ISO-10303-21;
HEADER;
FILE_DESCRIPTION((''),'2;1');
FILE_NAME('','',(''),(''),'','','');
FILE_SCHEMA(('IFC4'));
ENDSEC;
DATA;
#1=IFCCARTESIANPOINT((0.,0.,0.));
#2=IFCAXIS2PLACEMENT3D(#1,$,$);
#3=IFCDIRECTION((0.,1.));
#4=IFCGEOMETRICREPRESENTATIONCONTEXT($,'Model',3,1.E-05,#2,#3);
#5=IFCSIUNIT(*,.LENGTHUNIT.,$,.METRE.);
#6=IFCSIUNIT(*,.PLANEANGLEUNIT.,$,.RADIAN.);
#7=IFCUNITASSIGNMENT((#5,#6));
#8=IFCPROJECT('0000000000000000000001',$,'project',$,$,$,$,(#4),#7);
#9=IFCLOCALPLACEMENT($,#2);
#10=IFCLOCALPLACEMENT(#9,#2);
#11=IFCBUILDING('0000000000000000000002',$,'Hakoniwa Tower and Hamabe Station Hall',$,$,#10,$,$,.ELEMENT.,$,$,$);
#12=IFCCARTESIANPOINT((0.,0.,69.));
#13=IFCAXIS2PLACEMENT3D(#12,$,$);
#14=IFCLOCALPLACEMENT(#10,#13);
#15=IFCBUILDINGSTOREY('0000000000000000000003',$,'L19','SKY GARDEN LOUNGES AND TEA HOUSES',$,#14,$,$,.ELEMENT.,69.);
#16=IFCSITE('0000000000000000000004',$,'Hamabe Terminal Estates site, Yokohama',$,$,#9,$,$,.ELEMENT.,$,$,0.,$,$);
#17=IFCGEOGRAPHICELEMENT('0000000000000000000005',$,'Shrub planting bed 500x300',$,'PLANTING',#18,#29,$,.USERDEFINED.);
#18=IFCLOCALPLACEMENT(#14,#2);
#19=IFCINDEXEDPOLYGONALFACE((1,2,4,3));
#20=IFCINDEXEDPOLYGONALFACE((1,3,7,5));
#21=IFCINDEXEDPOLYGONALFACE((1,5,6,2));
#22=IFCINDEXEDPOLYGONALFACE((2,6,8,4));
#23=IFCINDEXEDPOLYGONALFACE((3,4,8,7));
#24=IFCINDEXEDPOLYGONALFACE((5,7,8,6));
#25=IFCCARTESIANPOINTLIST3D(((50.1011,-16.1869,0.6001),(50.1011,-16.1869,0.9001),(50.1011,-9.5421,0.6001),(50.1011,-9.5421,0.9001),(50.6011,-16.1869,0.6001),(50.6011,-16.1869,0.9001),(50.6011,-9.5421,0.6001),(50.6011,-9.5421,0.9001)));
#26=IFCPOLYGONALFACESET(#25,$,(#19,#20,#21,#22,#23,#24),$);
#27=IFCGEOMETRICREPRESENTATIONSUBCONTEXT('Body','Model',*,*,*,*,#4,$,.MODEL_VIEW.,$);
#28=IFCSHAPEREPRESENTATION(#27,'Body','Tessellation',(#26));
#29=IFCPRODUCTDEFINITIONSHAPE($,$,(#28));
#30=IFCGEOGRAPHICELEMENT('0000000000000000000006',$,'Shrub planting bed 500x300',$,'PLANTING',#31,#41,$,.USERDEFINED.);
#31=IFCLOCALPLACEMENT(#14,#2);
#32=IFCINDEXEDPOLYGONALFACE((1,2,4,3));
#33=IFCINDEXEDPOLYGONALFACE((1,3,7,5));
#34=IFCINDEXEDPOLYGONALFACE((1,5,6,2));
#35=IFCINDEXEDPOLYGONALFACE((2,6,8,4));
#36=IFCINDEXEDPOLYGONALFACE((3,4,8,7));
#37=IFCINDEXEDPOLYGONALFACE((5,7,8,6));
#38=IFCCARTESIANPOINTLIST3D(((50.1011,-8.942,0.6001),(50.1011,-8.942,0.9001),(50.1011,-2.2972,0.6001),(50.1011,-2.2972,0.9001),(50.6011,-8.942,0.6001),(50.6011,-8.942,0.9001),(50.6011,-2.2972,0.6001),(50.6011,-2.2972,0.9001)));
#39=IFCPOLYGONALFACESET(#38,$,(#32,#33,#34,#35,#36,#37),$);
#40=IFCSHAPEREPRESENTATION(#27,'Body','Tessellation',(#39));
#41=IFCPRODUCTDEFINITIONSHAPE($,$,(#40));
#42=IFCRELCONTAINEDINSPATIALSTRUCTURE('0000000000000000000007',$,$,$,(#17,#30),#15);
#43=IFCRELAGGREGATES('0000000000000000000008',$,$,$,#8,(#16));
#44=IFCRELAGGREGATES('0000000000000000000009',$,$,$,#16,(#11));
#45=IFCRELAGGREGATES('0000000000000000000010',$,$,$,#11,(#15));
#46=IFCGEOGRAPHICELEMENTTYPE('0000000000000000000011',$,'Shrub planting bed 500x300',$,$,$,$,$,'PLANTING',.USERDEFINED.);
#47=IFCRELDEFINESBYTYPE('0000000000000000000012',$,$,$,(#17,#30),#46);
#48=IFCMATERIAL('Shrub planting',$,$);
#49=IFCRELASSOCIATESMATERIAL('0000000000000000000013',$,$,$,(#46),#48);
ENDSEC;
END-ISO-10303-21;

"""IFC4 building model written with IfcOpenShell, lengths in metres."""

from ifc_helpers import new_model, si_unit, direction, frame, origin, origin_2d, place, context, subcontext, project, spatial, rectangle, extrude, material, type_object, element, save


model = new_model("IFC4")

# Units and contexts
model_context = context("Model", 3, precision=1e-05, world=origin(), true_north=direction((0.0, 1.0)))
body_context = subcontext(model_context, "Body", "Model", "MODEL_VIEW")
ifc_project = project(units=[si_unit("LENGTHUNIT", "METRE"), si_unit("PLANEANGLEUNIT", "RADIAN")], contexts=[model_context])

# Site, building, storey
site_placement = place(None, origin())
site = spatial("IfcSite", under=ifc_project, at=site_placement, Name="Hamabe Terminal Estates site, Yokohama", CompositionType="ELEMENT", RefElevation=0.0)
building_placement = place(site_placement, origin())
building = spatial("IfcBuilding", under=site, at=building_placement, Name="Hakoniwa Tower and Hamabe Station Hall", CompositionType="ELEMENT")
storey_placement = place(building_placement, frame((0.0, 0.0, 69.0)))
storey = spatial("IfcBuildingStorey", under=building, at=storey_placement, Name="L19", Description="SKY GARDEN LOUNGES AND TEA HOUSES", CompositionType="ELEMENT", Elevation=69.0)

# Geographic elements
ifc_material_1 = material(Name="Shrub planting")
geographic_element_type = type_object("IfcGeographicElementType", Name="Shrub planting bed 500x300", ElementType="PLANTING", PredefinedType="USERDEFINED", material=ifc_material_1)
for number, where, z_axis, x_axis, name in (
    (1, (50.3511, -12.8645, 0.6001), (0.0, 0.0, 1.0), (0.0, 1.0, 0.0), "Shrub planting bed 500x300"),
    (2, (50.3511, -5.6196, 0.6001), (0.0, 0.0, 1.0), (0.0, 1.0, 0.0), "Shrub planting bed 500x300"),
):
    element("IfcGeographicElement", number, at=place(storey_placement, frame(where, z_axis=z_axis, x_axis=x_axis)), inside=storey, type_object=geographic_element_type, Name=name, ObjectType="PLANTING", PredefinedType="USERDEFINED", context=body_context, shape_type="SweptSolid", body=[
        extrude(rectangle(XDim=6.6448, YDim=0.5, at=origin_2d()), origin(), (0.0, 0.0, 1.0), 0.3),
    ])

save(model, "model.ifc")
